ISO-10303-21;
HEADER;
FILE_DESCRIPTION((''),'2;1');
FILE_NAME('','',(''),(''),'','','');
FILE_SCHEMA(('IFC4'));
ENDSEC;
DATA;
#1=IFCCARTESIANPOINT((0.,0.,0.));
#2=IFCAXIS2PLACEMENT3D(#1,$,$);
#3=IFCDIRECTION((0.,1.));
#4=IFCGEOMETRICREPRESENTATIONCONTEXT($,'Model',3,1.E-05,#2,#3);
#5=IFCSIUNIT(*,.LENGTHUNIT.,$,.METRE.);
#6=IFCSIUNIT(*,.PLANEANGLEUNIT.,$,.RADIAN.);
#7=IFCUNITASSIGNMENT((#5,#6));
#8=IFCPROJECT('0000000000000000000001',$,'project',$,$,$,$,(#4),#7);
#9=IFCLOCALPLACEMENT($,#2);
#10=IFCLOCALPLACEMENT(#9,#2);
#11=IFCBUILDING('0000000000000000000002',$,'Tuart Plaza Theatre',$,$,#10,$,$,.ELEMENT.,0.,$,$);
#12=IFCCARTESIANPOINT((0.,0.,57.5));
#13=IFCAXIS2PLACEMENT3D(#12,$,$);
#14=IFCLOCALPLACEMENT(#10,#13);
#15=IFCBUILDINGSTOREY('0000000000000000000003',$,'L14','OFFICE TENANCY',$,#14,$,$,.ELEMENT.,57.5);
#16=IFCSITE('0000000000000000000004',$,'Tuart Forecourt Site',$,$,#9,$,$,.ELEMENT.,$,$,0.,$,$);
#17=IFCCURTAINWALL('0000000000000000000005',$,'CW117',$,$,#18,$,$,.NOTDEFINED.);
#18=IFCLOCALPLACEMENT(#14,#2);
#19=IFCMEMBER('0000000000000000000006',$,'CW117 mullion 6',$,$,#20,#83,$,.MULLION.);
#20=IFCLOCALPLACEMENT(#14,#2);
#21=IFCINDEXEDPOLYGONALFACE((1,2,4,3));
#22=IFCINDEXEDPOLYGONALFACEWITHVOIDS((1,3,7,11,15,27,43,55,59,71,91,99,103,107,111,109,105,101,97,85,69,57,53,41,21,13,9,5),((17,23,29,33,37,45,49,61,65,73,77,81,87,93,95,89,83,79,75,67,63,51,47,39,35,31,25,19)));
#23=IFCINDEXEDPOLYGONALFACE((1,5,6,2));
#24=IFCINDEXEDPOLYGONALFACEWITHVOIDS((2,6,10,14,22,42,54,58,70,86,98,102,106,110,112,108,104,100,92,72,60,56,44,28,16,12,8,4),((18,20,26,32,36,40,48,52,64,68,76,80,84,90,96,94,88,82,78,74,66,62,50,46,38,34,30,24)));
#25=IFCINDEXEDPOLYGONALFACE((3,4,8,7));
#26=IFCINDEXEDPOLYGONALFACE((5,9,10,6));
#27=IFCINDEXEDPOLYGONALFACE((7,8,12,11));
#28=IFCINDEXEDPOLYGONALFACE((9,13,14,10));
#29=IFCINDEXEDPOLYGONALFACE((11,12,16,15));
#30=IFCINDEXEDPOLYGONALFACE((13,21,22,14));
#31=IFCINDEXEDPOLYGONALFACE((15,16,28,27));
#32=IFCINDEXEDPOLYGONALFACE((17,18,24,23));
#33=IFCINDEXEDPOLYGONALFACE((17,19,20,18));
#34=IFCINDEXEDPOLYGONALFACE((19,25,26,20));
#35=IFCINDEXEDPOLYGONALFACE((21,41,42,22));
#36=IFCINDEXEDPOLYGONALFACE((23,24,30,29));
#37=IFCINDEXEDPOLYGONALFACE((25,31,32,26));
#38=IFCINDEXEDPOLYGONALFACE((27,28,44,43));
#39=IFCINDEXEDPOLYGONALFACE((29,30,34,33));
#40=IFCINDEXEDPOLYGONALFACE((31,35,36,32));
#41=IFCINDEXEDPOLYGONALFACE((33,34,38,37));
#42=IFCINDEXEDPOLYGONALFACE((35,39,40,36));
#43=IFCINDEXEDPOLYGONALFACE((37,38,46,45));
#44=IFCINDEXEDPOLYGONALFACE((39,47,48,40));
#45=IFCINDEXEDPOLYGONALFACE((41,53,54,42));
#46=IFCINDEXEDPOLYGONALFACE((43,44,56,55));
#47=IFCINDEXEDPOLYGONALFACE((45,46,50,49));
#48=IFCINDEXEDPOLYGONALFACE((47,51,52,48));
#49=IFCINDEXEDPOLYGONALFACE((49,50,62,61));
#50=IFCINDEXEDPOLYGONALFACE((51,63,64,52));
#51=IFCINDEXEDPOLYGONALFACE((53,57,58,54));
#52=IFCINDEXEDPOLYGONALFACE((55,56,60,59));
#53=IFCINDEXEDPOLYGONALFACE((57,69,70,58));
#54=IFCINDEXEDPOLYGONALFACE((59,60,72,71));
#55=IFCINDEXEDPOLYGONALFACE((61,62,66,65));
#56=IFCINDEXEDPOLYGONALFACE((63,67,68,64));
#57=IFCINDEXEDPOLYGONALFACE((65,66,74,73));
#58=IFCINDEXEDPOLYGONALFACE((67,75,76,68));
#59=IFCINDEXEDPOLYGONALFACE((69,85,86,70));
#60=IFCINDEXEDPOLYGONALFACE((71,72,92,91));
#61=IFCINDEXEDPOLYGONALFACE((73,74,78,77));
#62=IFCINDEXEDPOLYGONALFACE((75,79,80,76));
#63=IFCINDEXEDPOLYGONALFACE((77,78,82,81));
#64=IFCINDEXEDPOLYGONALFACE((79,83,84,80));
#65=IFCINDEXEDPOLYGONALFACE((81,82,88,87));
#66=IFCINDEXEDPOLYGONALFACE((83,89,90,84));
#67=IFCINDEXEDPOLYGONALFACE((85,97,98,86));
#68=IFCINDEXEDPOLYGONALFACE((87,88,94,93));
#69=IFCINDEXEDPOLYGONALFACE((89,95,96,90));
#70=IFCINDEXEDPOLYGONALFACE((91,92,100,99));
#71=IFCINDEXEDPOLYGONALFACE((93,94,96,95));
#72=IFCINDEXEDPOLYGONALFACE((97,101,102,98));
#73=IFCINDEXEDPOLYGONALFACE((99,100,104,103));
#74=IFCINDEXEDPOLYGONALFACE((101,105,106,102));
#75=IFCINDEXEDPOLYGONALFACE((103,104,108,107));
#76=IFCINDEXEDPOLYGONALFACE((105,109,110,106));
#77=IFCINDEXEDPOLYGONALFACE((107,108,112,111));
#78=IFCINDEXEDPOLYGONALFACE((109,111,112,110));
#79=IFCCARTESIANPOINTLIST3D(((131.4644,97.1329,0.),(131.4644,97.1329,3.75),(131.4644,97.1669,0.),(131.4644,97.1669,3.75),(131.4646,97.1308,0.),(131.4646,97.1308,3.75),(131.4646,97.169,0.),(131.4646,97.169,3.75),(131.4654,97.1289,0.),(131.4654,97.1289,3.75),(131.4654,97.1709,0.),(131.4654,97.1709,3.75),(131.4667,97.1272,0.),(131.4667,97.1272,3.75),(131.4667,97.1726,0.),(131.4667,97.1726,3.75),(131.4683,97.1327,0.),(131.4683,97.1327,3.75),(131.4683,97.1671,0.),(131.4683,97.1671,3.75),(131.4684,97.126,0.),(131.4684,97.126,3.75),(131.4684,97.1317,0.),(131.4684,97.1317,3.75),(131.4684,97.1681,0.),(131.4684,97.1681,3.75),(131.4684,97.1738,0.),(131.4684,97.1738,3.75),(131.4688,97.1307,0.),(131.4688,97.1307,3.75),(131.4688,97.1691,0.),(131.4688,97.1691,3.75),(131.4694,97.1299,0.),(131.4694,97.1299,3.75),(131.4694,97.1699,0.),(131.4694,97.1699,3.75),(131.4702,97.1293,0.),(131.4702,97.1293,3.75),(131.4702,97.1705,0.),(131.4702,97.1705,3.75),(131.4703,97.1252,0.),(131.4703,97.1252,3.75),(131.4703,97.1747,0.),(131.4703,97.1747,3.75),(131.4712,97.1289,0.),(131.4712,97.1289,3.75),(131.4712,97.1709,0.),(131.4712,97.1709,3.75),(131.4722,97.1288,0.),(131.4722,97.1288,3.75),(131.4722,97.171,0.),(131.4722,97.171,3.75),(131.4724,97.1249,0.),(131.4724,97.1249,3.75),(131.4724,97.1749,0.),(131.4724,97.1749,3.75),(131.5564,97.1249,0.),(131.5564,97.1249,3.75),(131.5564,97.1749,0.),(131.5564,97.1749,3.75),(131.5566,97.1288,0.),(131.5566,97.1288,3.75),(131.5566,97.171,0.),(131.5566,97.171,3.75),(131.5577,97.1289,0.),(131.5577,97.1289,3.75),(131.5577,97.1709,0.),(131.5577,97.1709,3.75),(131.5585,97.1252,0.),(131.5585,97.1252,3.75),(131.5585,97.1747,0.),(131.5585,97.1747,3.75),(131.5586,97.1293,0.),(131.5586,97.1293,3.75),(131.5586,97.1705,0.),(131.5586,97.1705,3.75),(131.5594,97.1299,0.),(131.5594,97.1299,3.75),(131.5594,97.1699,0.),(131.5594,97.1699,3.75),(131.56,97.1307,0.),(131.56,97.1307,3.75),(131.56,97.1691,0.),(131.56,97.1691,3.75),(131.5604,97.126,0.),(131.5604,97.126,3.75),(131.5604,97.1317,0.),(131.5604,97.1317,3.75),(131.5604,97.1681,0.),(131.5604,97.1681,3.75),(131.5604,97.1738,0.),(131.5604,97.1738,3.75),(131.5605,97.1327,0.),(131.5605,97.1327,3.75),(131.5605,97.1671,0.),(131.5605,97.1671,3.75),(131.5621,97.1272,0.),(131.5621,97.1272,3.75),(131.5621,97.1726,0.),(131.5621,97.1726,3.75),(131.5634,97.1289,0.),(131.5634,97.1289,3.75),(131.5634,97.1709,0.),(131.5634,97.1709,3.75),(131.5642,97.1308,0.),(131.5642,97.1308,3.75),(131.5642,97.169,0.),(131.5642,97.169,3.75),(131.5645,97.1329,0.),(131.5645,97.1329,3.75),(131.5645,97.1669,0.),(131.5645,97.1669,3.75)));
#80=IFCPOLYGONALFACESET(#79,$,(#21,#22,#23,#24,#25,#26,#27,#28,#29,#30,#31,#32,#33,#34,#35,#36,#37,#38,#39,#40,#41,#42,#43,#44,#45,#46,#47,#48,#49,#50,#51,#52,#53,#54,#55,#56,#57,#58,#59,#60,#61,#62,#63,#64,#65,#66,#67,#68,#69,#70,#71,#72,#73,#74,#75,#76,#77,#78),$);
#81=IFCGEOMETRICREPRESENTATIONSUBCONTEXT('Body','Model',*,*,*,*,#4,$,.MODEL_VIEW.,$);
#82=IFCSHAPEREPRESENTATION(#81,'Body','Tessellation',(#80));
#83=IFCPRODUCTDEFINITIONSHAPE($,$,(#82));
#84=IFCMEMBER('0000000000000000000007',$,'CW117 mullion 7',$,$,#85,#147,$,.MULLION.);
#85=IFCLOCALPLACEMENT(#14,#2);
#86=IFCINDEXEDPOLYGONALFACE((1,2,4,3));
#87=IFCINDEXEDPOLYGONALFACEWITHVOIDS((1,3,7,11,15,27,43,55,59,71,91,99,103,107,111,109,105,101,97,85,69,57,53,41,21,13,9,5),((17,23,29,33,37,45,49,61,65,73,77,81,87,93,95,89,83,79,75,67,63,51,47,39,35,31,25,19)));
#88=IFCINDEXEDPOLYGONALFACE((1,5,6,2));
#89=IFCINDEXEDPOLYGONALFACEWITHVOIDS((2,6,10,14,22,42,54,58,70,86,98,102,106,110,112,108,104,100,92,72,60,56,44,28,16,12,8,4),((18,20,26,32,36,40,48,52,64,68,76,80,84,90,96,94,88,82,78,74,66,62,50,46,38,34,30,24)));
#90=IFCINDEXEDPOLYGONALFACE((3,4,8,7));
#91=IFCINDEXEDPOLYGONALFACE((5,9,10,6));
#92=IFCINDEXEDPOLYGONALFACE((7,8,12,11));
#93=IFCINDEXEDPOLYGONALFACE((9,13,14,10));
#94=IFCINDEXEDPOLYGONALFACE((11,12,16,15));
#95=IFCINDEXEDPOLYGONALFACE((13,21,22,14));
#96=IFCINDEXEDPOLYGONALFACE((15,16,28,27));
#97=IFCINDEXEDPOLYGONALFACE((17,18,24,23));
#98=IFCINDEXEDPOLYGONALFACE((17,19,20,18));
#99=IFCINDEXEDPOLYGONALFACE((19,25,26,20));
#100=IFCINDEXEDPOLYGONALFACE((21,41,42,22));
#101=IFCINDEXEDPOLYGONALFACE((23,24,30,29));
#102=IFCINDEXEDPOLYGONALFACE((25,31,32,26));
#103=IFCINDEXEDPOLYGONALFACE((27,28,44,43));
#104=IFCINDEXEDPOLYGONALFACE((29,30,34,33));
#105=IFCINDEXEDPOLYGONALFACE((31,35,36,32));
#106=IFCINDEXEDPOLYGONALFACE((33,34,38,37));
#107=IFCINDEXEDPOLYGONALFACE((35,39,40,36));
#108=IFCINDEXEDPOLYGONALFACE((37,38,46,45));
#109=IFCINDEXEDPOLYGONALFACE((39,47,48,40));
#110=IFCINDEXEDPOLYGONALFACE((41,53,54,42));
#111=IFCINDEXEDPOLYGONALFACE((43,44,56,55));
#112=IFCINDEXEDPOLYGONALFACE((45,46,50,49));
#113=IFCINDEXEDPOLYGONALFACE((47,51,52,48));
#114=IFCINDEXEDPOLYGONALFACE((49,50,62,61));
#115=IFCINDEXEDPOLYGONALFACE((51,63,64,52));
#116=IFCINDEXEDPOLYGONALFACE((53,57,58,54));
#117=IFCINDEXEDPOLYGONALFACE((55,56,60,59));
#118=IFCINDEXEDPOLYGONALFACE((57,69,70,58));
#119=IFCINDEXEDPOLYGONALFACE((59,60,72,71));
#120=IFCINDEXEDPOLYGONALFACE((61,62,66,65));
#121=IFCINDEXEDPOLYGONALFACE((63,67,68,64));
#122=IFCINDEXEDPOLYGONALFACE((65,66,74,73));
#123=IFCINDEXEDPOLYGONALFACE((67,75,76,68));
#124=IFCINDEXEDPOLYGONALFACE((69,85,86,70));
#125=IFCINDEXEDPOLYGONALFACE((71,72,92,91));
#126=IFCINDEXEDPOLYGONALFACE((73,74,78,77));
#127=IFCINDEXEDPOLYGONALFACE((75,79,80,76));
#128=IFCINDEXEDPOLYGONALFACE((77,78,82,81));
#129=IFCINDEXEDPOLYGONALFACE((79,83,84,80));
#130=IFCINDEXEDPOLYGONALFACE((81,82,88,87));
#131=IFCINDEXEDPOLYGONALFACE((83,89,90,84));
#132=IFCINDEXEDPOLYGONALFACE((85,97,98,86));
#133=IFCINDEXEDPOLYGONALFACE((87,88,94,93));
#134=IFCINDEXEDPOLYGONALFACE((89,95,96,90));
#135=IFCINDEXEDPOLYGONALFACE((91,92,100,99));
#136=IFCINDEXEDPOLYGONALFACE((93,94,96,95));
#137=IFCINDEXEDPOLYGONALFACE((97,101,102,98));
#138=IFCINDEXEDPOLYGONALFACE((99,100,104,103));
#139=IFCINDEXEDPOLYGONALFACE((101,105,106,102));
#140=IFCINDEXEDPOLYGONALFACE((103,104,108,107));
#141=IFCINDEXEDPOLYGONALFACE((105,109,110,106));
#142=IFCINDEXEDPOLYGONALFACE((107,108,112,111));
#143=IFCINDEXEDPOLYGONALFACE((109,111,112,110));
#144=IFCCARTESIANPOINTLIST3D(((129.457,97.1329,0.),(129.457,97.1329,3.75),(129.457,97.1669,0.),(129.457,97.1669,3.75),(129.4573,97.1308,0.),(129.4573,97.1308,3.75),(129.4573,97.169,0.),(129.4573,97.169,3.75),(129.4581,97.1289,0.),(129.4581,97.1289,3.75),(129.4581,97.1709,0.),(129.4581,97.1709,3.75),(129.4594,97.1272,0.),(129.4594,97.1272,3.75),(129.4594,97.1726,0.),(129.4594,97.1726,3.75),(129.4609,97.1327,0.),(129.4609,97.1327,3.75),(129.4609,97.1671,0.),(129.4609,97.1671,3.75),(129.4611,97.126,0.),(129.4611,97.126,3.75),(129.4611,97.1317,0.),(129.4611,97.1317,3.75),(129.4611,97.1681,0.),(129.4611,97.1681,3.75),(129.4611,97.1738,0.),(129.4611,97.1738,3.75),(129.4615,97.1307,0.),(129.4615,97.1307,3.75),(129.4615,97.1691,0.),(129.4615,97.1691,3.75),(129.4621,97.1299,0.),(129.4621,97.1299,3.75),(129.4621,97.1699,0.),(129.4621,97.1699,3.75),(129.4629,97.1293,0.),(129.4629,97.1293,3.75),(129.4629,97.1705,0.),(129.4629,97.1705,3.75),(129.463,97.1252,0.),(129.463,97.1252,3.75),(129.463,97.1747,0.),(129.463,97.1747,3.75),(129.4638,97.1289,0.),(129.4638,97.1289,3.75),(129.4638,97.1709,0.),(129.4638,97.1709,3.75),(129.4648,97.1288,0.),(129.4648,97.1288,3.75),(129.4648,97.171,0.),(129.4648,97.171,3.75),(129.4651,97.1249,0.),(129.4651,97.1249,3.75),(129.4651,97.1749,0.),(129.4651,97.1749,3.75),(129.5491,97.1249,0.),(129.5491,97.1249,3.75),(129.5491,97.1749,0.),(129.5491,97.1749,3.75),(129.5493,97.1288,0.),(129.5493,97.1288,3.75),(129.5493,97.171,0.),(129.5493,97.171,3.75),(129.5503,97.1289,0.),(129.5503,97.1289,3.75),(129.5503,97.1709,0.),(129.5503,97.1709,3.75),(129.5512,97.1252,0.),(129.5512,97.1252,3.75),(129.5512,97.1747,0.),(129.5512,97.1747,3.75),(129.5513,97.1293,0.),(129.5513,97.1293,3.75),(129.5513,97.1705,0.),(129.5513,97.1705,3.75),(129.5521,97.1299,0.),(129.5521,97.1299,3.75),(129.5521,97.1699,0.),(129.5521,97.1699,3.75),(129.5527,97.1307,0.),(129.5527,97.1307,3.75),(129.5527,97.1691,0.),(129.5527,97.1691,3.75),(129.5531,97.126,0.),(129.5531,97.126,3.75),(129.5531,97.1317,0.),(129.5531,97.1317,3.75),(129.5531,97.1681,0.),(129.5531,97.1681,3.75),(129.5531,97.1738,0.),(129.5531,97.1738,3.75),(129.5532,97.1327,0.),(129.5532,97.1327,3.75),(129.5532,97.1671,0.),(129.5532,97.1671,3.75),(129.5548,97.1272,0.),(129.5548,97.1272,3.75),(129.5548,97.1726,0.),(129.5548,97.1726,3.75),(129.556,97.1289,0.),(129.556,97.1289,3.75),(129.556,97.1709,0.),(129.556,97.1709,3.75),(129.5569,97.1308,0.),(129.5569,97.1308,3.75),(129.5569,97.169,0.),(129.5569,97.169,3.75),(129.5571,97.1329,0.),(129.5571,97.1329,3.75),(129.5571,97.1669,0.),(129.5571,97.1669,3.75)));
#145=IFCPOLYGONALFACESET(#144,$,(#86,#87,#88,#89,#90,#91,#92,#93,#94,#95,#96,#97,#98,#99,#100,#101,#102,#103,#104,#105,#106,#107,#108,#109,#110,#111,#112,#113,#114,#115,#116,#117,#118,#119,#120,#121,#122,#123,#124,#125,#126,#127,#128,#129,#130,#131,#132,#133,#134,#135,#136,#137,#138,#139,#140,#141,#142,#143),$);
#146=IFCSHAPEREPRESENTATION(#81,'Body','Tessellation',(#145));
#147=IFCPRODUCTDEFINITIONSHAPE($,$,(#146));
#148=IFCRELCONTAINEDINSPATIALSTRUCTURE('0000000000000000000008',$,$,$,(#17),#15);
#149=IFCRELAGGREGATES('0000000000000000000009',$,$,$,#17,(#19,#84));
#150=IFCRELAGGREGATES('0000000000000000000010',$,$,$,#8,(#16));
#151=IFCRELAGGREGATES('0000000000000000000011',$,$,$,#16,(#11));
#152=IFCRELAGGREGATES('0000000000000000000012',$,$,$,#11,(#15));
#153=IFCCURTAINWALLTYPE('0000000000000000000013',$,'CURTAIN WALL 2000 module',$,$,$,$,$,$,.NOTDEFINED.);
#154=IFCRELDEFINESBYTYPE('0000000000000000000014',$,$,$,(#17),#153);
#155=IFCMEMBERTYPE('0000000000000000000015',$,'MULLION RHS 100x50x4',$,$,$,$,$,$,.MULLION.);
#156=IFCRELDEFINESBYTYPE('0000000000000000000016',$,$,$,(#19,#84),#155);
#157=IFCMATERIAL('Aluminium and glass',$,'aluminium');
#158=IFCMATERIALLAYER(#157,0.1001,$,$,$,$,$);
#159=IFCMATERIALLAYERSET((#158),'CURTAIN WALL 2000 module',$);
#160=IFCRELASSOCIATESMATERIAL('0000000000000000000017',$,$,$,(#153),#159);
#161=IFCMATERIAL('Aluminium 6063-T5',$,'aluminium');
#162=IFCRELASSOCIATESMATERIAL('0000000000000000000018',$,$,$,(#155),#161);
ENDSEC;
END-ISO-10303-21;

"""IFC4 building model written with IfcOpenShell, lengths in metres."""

from ifc_helpers import new_model, si_unit, direction, frame, origin, origin_2d, place, context, subcontext, project, spatial, hollow_rectangle, extrude, material, layer, layer_set, material_profile, profile_set, type_object, element, aggregate, save


model = new_model("IFC4")

# Units and contexts
model_context = context("Model", 3, precision=1e-05, world=origin(), true_north=direction((0.0, 1.0)))
body_context = subcontext(model_context, "Body", "Model", "MODEL_VIEW")
ifc_project = project(units=[si_unit("LENGTHUNIT", "METRE"), si_unit("PLANEANGLEUNIT", "RADIAN")], contexts=[model_context])

# Site, building, storey
site_placement = place(None, origin())
site = spatial("IfcSite", under=ifc_project, at=site_placement, Name="Tuart Forecourt Site", CompositionType="ELEMENT", RefElevation=0.0)
building_placement = place(site_placement, origin())
building = spatial("IfcBuilding", under=site, at=building_placement, Name="Tuart Plaza Theatre", CompositionType="ELEMENT", ElevationOfRefHeight=0.0)
storey_placement = place(building_placement, frame((0.0, 0.0, 57.5)))
storey = spatial("IfcBuildingStorey", under=building, at=storey_placement, Name="L14", Description="OFFICE TENANCY", CompositionType="ELEMENT", Elevation=57.5)

# Curtain wall, members
ifc_material_1 = material(Name="Aluminium and glass", Category="aluminium")
ifc_layer_1 = layer(ifc_material_1, 0.1001)
ifc_layer_set_1 = layer_set([ifc_layer_1], Name="CURTAIN WALL 2000 module")
curtain_wall_type = type_object("IfcCurtainWallType", Name="CURTAIN WALL 2000 module", PredefinedType="NOTDEFINED", material=ifc_layer_set_1)
curtain_wall_placement = place(storey_placement, origin())
curtain_wall = element("IfcCurtainWall", 1, at=curtain_wall_placement, inside=storey, type_object=curtain_wall_type, Name="CW117", PredefinedType="NOTDEFINED")
ifc_material_2 = material(Name="Aluminium 6063-T5", Category="aluminium")
ifc_material_profile_1 = material_profile(ifc_material_2, hollow_rectangle(XDim=0.05, YDim=0.1001, WallThickness=0.0039, InnerFilletRadius=0.0039, OuterFilletRadius=0.0081, at=origin_2d()), Name="RHS 100x50x4")
ifc_profile_set_1 = profile_set([ifc_material_profile_1], Name="Aluminium 6063-T5")
member_type_1 = type_object("IfcMemberType", Name="MULLION RHS 100x50x4", PredefinedType="MULLION", material=ifc_profile_set_1)
member_1_placement = place(storey_placement, frame((131.5144, 97.1499, 0.0), z_axis=(0.0, 0.0, 1.0), x_axis=(0.0, -1.0, 0.0)))
member_1 = element("IfcMember", 2, at=member_1_placement, type_object=member_type_1, Name="CW117 mullion 6", PredefinedType="MULLION", context=body_context, shape_type="SweptSolid", body=[
    extrude(hollow_rectangle(XDim=0.05, YDim=0.1001, WallThickness=0.0039, InnerFilletRadius=0.0039, OuterFilletRadius=0.0081, at=origin_2d()), origin(), (0.0, 0.0, 1.0), 3.75),
])
member_2_placement = place(storey_placement, frame((129.5071, 97.1499, 0.0), z_axis=(0.0, 0.0, 1.0), x_axis=(0.0, -1.0, 0.0)))
member_2 = element("IfcMember", 3, at=member_2_placement, type_object=member_type_1, Name="CW117 mullion 7", PredefinedType="MULLION", context=body_context, shape_type="SweptSolid", body=[
    extrude(hollow_rectangle(XDim=0.05, YDim=0.1001, WallThickness=0.0039, InnerFilletRadius=0.0039, OuterFilletRadius=0.0081, at=origin_2d()), origin(), (0.0, 0.0, 1.0), 3.75),
])
aggregate(curtain_wall, [member_1, member_2])

save(model, "model.ifc")
